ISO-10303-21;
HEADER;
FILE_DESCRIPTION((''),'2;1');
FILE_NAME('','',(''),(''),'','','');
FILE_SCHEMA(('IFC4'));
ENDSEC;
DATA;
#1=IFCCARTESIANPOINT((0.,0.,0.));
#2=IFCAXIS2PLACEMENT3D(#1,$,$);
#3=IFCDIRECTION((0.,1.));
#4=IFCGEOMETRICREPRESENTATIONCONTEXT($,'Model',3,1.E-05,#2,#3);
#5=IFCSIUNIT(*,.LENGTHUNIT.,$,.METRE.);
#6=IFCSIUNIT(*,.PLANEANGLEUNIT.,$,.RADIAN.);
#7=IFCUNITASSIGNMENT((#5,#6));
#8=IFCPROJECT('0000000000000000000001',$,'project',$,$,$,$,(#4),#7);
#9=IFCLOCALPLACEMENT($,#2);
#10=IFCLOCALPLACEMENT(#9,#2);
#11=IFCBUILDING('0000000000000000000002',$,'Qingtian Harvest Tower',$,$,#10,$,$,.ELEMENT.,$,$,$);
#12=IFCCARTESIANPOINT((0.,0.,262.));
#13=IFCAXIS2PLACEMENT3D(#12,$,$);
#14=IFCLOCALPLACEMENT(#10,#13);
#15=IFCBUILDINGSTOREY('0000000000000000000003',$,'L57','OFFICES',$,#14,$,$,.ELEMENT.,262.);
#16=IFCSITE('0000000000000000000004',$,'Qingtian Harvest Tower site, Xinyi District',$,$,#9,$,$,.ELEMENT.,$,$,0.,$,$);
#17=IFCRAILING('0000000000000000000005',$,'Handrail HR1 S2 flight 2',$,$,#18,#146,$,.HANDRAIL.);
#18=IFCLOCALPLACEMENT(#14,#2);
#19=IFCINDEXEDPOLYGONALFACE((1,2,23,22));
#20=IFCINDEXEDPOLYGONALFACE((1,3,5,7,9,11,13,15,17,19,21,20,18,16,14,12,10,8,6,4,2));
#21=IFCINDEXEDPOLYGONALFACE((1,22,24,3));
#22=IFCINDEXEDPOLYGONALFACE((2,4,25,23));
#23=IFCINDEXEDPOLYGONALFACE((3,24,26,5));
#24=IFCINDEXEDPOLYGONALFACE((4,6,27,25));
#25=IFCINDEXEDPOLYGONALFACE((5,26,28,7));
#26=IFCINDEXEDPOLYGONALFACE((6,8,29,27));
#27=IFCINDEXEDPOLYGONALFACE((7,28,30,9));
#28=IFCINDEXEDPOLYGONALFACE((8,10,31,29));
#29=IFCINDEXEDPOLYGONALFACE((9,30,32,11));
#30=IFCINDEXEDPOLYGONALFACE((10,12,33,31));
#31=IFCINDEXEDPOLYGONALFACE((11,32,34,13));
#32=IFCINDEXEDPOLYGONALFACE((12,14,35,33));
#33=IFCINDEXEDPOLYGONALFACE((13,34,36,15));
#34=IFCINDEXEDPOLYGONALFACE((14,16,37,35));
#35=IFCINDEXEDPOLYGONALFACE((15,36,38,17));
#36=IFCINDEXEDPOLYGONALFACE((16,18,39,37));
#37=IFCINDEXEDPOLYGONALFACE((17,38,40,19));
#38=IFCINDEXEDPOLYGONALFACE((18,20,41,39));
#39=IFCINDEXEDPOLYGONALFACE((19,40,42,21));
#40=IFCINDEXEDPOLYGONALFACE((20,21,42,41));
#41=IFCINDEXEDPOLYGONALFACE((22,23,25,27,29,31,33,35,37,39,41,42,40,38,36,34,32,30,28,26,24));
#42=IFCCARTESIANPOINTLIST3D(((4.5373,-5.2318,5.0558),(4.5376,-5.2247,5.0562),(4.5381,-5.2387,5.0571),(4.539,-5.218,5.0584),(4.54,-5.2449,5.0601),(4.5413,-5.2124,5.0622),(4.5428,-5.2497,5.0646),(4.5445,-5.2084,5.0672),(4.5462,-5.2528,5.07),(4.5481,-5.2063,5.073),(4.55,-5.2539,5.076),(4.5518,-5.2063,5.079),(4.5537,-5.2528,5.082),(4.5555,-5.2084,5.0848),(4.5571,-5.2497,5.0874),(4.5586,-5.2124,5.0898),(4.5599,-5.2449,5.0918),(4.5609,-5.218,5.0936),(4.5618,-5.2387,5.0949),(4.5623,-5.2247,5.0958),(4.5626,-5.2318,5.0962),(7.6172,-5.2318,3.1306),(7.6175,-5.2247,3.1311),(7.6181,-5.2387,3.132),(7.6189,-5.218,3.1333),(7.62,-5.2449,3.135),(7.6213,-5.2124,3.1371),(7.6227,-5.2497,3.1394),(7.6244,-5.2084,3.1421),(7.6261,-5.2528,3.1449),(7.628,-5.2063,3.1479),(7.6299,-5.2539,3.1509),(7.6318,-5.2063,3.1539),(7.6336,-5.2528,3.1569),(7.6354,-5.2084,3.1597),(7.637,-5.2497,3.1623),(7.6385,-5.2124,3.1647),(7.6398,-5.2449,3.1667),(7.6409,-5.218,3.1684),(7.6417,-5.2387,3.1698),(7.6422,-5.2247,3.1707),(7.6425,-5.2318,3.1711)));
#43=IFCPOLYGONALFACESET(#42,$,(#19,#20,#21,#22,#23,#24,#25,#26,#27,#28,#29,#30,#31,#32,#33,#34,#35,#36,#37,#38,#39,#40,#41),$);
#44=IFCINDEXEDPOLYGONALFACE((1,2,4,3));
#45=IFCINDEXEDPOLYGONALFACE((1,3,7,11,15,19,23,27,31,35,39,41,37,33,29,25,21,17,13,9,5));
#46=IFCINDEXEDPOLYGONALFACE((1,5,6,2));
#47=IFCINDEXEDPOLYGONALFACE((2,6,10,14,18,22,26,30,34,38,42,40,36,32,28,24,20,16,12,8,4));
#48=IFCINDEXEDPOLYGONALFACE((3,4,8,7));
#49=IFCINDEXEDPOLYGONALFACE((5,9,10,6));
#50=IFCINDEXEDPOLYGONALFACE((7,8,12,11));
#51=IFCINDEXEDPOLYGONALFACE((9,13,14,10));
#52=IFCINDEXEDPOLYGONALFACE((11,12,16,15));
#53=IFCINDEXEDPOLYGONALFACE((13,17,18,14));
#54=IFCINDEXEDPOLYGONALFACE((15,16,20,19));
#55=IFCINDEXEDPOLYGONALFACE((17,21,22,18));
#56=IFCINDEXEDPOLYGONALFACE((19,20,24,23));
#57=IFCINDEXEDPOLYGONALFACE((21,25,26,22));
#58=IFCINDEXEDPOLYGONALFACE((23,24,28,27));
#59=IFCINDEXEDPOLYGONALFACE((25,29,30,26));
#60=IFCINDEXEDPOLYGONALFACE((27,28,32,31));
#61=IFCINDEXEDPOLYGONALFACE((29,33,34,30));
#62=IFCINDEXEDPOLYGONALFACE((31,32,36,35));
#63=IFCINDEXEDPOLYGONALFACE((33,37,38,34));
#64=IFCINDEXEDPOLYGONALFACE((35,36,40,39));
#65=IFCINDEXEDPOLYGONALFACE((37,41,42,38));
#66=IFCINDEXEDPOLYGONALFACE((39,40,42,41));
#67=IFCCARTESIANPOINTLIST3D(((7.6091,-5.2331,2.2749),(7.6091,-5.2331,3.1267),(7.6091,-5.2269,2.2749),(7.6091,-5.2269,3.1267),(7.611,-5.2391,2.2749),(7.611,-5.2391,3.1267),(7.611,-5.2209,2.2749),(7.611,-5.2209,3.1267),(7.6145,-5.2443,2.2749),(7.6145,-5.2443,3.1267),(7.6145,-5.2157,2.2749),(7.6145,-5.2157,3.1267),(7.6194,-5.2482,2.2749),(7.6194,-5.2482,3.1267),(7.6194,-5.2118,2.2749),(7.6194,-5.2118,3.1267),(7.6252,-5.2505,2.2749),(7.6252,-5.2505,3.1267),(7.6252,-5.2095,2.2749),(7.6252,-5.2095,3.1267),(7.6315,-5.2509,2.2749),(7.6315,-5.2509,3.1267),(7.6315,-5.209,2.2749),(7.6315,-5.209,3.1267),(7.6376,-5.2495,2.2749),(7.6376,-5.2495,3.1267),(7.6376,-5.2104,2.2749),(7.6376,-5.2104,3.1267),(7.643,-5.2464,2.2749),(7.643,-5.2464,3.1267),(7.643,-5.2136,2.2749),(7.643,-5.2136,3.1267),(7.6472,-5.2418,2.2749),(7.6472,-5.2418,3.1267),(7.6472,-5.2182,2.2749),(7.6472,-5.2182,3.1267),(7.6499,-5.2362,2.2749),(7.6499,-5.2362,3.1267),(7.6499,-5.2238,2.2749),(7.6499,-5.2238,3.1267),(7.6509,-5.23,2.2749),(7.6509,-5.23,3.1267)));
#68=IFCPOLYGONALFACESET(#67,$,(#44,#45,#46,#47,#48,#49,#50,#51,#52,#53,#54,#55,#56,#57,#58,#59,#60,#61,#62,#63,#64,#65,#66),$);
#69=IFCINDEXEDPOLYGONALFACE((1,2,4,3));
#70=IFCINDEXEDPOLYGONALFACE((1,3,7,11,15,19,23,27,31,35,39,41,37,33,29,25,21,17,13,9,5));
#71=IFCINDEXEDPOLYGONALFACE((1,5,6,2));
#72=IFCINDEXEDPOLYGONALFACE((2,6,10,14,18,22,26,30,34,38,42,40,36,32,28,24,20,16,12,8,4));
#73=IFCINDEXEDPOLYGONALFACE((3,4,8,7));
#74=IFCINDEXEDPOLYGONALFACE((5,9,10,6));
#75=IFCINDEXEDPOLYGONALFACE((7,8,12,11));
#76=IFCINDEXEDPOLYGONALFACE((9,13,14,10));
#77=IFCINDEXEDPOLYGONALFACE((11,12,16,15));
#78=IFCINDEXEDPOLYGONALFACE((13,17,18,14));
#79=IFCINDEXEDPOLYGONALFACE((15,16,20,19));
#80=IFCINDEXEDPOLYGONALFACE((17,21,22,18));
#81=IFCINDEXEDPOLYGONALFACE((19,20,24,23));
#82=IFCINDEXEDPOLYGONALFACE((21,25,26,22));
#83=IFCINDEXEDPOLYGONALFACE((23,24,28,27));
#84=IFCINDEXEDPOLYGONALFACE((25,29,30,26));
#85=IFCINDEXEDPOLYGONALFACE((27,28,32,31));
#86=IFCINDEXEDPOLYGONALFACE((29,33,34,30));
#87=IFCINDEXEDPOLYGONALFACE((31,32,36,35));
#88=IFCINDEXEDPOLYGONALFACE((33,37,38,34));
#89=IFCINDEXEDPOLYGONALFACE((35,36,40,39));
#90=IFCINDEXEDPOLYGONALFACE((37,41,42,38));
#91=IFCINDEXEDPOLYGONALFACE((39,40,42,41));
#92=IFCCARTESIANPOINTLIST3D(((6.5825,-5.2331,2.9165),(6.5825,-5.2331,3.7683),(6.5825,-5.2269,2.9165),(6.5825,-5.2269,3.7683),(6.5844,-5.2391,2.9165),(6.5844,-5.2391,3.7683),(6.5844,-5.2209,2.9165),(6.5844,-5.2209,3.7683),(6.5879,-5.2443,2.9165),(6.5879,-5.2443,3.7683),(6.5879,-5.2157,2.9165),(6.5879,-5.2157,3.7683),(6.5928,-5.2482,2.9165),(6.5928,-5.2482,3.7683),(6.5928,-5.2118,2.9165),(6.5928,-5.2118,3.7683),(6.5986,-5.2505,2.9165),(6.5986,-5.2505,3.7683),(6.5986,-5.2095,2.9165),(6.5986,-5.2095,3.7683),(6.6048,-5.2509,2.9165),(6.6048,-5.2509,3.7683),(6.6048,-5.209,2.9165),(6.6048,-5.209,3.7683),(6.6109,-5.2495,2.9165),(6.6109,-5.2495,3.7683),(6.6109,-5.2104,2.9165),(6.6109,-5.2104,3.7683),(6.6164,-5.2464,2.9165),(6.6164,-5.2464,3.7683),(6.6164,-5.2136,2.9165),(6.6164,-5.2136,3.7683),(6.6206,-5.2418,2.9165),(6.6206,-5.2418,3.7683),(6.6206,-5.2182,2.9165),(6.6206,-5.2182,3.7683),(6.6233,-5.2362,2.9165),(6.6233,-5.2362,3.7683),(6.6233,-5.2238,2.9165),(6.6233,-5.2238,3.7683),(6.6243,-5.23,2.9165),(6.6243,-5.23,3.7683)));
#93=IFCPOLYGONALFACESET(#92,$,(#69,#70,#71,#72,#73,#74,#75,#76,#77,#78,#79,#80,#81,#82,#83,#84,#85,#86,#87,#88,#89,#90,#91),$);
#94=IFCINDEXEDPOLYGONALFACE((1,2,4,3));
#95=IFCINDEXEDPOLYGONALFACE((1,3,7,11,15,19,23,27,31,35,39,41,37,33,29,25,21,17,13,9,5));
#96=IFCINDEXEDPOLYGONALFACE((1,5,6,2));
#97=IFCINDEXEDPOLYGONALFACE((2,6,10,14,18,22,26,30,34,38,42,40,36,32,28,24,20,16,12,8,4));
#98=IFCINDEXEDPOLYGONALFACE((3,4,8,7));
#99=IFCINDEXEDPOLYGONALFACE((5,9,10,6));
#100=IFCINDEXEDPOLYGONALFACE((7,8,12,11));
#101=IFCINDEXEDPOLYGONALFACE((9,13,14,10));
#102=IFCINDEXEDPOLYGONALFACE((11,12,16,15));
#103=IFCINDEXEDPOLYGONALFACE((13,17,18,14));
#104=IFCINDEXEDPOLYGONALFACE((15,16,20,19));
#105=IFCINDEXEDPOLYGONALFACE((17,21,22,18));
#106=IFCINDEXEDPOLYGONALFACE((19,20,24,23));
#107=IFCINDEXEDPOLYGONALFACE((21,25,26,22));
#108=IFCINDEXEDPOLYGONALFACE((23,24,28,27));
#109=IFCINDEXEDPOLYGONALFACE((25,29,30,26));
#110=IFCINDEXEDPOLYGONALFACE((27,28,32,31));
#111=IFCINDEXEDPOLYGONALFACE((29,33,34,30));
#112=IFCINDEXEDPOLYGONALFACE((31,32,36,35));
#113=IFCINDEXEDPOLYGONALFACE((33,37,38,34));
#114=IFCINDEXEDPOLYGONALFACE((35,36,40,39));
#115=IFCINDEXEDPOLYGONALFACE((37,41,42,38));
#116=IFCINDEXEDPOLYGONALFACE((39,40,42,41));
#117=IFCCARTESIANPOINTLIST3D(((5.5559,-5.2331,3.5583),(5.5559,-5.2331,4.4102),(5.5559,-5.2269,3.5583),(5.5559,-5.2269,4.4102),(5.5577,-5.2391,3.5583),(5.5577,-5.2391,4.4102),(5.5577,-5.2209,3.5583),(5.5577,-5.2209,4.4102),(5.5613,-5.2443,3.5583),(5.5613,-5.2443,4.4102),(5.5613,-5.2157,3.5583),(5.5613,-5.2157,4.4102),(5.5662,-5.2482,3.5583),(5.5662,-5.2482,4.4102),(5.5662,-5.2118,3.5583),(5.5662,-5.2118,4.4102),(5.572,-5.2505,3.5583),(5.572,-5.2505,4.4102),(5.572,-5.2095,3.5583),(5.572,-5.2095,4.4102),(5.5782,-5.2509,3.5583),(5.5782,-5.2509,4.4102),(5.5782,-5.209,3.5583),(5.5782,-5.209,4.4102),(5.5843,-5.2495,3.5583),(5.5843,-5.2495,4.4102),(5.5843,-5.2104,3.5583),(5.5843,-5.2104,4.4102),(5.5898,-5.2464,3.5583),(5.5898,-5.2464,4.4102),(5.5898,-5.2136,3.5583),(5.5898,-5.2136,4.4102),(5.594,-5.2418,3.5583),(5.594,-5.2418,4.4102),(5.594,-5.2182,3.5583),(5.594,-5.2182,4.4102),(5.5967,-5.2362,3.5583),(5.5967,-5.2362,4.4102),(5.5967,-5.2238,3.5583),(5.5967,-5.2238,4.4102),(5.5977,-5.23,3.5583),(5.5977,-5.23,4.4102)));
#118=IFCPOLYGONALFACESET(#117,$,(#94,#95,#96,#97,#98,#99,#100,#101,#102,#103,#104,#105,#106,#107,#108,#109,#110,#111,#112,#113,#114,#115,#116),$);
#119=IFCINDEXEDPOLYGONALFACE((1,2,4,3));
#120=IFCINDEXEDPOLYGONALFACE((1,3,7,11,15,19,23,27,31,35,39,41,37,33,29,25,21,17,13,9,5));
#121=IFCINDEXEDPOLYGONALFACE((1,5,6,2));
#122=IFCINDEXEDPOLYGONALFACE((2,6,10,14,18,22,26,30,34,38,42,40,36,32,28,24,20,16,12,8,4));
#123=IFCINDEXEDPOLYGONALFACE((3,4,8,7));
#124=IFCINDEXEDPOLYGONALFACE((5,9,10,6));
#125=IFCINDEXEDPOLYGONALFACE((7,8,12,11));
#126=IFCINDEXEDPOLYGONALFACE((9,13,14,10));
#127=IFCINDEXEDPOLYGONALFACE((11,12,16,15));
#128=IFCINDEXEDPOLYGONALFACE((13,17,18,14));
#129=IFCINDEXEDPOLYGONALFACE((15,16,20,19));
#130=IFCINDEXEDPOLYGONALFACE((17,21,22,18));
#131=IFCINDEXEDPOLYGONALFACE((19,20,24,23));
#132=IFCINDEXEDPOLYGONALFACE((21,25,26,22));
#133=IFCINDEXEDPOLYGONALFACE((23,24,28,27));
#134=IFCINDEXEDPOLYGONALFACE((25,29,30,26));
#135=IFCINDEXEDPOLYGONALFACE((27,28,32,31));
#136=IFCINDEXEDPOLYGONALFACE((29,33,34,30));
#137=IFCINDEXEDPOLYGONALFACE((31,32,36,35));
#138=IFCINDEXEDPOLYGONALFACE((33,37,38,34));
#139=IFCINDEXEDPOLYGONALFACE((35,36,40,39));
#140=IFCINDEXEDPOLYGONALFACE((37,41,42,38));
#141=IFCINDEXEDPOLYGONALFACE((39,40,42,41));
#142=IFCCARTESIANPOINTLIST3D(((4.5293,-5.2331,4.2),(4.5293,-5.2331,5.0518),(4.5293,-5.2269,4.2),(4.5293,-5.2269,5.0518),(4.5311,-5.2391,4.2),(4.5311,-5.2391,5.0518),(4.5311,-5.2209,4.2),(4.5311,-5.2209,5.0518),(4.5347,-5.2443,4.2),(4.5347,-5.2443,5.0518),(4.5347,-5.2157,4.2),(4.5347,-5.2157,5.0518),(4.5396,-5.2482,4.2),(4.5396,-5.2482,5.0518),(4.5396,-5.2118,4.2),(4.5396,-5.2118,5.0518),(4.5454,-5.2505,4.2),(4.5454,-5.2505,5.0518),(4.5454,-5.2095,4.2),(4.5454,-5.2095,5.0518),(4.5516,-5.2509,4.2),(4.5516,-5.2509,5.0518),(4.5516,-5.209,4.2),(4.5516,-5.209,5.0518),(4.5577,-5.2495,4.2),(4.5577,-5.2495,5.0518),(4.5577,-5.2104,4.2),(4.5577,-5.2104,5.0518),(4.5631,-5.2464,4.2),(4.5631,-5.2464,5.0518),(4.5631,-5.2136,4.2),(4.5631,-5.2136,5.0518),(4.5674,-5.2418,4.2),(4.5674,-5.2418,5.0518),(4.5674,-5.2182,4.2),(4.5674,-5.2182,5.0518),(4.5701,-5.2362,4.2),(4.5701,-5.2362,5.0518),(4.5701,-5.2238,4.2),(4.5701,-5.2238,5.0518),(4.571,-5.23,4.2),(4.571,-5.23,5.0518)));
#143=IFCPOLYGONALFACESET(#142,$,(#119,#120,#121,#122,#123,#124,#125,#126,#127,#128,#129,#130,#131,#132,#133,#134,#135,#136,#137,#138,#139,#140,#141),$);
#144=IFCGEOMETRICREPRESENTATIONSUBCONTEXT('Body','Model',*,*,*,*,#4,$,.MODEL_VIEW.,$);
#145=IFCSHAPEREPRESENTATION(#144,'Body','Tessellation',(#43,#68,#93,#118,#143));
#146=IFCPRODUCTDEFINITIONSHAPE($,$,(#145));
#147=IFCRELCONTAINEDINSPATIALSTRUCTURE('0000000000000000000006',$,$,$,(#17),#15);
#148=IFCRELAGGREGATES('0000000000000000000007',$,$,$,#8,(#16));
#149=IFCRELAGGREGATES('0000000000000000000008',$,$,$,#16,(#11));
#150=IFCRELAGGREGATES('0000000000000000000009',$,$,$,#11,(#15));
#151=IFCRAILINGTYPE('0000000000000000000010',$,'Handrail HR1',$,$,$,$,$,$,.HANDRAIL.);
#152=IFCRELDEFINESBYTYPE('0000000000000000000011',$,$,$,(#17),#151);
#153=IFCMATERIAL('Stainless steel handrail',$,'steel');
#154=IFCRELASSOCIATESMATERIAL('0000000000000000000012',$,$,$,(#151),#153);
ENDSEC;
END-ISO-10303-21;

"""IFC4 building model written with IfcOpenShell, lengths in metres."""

from ifc_helpers import new_model, si_unit, direction, frame, origin, origin_2d, place, context, subcontext, project, spatial, circle, extrude, material, type_object, element, save


model = new_model("IFC4")

# Units and contexts
model_context = context("Model", 3, precision=1e-05, world=origin(), true_north=direction((0.0, 1.0)))
body_context = subcontext(model_context, "Body", "Model", "MODEL_VIEW")
ifc_project = project(units=[si_unit("LENGTHUNIT", "METRE"), si_unit("PLANEANGLEUNIT", "RADIAN")], contexts=[model_context])

# Site, building, storey
site_placement = place(None, origin())
site = spatial("IfcSite", under=ifc_project, at=site_placement, Name="Qingtian Harvest Tower site, Xinyi District", CompositionType="ELEMENT", RefElevation=0.0)
building_placement = place(site_placement, origin())
building = spatial("IfcBuilding", under=site, at=building_placement, Name="Qingtian Harvest Tower", CompositionType="ELEMENT")
storey_placement = place(building_placement, frame((0.0, 0.0, 262.0)))
storey = spatial("IfcBuildingStorey", under=building, at=storey_placement, Name="L57", Description="OFFICES", CompositionType="ELEMENT", Elevation=262.0)

# Railing
ifc_material_1 = material(Name="Stainless steel handrail", Category="steel")
railing_type = type_object("IfcRailingType", Name="Handrail HR1", PredefinedType="HANDRAIL", material=ifc_material_1)
railing_1_placement = place(storey_placement, frame((7.6299, -5.23, 2.2749)))
element("IfcRailing", 1, at=railing_1_placement, inside=storey, type_object=railing_type, Name="Handrail HR1 S2 flight 2", PredefinedType="HANDRAIL", context=body_context, shape_type="SweptSolid", body=[
    extrude(circle(Radius=0.0239, at=origin_2d()), frame((0.0, 0.0, 0.876), z_axis=(-0.847979, 0.0, 0.530029), x_axis=(0.0, -1.0, 0.0)), (0.0, 0.0, 1.0), 3.6321),
    extrude(circle(Radius=0.021, at=origin_2d()), origin(), (0.0, 0.0, 1.0), 0.8518),
    extrude(circle(Radius=0.021, at=origin_2d()), frame((-1.0266, 0.0, 0.6416)), (0.0, 0.0, 1.0), 0.8518),
    extrude(circle(Radius=0.021, at=origin_2d()), frame((-2.0532, 0.0, 1.2834)), (0.0, 0.0, 1.0), 0.8518),
    extrude(circle(Radius=0.021, at=origin_2d()), frame((-3.0798, 0.0, 1.925)), (0.0, 0.0, 1.0), 0.8518),
])

save(model, "model.ifc")
